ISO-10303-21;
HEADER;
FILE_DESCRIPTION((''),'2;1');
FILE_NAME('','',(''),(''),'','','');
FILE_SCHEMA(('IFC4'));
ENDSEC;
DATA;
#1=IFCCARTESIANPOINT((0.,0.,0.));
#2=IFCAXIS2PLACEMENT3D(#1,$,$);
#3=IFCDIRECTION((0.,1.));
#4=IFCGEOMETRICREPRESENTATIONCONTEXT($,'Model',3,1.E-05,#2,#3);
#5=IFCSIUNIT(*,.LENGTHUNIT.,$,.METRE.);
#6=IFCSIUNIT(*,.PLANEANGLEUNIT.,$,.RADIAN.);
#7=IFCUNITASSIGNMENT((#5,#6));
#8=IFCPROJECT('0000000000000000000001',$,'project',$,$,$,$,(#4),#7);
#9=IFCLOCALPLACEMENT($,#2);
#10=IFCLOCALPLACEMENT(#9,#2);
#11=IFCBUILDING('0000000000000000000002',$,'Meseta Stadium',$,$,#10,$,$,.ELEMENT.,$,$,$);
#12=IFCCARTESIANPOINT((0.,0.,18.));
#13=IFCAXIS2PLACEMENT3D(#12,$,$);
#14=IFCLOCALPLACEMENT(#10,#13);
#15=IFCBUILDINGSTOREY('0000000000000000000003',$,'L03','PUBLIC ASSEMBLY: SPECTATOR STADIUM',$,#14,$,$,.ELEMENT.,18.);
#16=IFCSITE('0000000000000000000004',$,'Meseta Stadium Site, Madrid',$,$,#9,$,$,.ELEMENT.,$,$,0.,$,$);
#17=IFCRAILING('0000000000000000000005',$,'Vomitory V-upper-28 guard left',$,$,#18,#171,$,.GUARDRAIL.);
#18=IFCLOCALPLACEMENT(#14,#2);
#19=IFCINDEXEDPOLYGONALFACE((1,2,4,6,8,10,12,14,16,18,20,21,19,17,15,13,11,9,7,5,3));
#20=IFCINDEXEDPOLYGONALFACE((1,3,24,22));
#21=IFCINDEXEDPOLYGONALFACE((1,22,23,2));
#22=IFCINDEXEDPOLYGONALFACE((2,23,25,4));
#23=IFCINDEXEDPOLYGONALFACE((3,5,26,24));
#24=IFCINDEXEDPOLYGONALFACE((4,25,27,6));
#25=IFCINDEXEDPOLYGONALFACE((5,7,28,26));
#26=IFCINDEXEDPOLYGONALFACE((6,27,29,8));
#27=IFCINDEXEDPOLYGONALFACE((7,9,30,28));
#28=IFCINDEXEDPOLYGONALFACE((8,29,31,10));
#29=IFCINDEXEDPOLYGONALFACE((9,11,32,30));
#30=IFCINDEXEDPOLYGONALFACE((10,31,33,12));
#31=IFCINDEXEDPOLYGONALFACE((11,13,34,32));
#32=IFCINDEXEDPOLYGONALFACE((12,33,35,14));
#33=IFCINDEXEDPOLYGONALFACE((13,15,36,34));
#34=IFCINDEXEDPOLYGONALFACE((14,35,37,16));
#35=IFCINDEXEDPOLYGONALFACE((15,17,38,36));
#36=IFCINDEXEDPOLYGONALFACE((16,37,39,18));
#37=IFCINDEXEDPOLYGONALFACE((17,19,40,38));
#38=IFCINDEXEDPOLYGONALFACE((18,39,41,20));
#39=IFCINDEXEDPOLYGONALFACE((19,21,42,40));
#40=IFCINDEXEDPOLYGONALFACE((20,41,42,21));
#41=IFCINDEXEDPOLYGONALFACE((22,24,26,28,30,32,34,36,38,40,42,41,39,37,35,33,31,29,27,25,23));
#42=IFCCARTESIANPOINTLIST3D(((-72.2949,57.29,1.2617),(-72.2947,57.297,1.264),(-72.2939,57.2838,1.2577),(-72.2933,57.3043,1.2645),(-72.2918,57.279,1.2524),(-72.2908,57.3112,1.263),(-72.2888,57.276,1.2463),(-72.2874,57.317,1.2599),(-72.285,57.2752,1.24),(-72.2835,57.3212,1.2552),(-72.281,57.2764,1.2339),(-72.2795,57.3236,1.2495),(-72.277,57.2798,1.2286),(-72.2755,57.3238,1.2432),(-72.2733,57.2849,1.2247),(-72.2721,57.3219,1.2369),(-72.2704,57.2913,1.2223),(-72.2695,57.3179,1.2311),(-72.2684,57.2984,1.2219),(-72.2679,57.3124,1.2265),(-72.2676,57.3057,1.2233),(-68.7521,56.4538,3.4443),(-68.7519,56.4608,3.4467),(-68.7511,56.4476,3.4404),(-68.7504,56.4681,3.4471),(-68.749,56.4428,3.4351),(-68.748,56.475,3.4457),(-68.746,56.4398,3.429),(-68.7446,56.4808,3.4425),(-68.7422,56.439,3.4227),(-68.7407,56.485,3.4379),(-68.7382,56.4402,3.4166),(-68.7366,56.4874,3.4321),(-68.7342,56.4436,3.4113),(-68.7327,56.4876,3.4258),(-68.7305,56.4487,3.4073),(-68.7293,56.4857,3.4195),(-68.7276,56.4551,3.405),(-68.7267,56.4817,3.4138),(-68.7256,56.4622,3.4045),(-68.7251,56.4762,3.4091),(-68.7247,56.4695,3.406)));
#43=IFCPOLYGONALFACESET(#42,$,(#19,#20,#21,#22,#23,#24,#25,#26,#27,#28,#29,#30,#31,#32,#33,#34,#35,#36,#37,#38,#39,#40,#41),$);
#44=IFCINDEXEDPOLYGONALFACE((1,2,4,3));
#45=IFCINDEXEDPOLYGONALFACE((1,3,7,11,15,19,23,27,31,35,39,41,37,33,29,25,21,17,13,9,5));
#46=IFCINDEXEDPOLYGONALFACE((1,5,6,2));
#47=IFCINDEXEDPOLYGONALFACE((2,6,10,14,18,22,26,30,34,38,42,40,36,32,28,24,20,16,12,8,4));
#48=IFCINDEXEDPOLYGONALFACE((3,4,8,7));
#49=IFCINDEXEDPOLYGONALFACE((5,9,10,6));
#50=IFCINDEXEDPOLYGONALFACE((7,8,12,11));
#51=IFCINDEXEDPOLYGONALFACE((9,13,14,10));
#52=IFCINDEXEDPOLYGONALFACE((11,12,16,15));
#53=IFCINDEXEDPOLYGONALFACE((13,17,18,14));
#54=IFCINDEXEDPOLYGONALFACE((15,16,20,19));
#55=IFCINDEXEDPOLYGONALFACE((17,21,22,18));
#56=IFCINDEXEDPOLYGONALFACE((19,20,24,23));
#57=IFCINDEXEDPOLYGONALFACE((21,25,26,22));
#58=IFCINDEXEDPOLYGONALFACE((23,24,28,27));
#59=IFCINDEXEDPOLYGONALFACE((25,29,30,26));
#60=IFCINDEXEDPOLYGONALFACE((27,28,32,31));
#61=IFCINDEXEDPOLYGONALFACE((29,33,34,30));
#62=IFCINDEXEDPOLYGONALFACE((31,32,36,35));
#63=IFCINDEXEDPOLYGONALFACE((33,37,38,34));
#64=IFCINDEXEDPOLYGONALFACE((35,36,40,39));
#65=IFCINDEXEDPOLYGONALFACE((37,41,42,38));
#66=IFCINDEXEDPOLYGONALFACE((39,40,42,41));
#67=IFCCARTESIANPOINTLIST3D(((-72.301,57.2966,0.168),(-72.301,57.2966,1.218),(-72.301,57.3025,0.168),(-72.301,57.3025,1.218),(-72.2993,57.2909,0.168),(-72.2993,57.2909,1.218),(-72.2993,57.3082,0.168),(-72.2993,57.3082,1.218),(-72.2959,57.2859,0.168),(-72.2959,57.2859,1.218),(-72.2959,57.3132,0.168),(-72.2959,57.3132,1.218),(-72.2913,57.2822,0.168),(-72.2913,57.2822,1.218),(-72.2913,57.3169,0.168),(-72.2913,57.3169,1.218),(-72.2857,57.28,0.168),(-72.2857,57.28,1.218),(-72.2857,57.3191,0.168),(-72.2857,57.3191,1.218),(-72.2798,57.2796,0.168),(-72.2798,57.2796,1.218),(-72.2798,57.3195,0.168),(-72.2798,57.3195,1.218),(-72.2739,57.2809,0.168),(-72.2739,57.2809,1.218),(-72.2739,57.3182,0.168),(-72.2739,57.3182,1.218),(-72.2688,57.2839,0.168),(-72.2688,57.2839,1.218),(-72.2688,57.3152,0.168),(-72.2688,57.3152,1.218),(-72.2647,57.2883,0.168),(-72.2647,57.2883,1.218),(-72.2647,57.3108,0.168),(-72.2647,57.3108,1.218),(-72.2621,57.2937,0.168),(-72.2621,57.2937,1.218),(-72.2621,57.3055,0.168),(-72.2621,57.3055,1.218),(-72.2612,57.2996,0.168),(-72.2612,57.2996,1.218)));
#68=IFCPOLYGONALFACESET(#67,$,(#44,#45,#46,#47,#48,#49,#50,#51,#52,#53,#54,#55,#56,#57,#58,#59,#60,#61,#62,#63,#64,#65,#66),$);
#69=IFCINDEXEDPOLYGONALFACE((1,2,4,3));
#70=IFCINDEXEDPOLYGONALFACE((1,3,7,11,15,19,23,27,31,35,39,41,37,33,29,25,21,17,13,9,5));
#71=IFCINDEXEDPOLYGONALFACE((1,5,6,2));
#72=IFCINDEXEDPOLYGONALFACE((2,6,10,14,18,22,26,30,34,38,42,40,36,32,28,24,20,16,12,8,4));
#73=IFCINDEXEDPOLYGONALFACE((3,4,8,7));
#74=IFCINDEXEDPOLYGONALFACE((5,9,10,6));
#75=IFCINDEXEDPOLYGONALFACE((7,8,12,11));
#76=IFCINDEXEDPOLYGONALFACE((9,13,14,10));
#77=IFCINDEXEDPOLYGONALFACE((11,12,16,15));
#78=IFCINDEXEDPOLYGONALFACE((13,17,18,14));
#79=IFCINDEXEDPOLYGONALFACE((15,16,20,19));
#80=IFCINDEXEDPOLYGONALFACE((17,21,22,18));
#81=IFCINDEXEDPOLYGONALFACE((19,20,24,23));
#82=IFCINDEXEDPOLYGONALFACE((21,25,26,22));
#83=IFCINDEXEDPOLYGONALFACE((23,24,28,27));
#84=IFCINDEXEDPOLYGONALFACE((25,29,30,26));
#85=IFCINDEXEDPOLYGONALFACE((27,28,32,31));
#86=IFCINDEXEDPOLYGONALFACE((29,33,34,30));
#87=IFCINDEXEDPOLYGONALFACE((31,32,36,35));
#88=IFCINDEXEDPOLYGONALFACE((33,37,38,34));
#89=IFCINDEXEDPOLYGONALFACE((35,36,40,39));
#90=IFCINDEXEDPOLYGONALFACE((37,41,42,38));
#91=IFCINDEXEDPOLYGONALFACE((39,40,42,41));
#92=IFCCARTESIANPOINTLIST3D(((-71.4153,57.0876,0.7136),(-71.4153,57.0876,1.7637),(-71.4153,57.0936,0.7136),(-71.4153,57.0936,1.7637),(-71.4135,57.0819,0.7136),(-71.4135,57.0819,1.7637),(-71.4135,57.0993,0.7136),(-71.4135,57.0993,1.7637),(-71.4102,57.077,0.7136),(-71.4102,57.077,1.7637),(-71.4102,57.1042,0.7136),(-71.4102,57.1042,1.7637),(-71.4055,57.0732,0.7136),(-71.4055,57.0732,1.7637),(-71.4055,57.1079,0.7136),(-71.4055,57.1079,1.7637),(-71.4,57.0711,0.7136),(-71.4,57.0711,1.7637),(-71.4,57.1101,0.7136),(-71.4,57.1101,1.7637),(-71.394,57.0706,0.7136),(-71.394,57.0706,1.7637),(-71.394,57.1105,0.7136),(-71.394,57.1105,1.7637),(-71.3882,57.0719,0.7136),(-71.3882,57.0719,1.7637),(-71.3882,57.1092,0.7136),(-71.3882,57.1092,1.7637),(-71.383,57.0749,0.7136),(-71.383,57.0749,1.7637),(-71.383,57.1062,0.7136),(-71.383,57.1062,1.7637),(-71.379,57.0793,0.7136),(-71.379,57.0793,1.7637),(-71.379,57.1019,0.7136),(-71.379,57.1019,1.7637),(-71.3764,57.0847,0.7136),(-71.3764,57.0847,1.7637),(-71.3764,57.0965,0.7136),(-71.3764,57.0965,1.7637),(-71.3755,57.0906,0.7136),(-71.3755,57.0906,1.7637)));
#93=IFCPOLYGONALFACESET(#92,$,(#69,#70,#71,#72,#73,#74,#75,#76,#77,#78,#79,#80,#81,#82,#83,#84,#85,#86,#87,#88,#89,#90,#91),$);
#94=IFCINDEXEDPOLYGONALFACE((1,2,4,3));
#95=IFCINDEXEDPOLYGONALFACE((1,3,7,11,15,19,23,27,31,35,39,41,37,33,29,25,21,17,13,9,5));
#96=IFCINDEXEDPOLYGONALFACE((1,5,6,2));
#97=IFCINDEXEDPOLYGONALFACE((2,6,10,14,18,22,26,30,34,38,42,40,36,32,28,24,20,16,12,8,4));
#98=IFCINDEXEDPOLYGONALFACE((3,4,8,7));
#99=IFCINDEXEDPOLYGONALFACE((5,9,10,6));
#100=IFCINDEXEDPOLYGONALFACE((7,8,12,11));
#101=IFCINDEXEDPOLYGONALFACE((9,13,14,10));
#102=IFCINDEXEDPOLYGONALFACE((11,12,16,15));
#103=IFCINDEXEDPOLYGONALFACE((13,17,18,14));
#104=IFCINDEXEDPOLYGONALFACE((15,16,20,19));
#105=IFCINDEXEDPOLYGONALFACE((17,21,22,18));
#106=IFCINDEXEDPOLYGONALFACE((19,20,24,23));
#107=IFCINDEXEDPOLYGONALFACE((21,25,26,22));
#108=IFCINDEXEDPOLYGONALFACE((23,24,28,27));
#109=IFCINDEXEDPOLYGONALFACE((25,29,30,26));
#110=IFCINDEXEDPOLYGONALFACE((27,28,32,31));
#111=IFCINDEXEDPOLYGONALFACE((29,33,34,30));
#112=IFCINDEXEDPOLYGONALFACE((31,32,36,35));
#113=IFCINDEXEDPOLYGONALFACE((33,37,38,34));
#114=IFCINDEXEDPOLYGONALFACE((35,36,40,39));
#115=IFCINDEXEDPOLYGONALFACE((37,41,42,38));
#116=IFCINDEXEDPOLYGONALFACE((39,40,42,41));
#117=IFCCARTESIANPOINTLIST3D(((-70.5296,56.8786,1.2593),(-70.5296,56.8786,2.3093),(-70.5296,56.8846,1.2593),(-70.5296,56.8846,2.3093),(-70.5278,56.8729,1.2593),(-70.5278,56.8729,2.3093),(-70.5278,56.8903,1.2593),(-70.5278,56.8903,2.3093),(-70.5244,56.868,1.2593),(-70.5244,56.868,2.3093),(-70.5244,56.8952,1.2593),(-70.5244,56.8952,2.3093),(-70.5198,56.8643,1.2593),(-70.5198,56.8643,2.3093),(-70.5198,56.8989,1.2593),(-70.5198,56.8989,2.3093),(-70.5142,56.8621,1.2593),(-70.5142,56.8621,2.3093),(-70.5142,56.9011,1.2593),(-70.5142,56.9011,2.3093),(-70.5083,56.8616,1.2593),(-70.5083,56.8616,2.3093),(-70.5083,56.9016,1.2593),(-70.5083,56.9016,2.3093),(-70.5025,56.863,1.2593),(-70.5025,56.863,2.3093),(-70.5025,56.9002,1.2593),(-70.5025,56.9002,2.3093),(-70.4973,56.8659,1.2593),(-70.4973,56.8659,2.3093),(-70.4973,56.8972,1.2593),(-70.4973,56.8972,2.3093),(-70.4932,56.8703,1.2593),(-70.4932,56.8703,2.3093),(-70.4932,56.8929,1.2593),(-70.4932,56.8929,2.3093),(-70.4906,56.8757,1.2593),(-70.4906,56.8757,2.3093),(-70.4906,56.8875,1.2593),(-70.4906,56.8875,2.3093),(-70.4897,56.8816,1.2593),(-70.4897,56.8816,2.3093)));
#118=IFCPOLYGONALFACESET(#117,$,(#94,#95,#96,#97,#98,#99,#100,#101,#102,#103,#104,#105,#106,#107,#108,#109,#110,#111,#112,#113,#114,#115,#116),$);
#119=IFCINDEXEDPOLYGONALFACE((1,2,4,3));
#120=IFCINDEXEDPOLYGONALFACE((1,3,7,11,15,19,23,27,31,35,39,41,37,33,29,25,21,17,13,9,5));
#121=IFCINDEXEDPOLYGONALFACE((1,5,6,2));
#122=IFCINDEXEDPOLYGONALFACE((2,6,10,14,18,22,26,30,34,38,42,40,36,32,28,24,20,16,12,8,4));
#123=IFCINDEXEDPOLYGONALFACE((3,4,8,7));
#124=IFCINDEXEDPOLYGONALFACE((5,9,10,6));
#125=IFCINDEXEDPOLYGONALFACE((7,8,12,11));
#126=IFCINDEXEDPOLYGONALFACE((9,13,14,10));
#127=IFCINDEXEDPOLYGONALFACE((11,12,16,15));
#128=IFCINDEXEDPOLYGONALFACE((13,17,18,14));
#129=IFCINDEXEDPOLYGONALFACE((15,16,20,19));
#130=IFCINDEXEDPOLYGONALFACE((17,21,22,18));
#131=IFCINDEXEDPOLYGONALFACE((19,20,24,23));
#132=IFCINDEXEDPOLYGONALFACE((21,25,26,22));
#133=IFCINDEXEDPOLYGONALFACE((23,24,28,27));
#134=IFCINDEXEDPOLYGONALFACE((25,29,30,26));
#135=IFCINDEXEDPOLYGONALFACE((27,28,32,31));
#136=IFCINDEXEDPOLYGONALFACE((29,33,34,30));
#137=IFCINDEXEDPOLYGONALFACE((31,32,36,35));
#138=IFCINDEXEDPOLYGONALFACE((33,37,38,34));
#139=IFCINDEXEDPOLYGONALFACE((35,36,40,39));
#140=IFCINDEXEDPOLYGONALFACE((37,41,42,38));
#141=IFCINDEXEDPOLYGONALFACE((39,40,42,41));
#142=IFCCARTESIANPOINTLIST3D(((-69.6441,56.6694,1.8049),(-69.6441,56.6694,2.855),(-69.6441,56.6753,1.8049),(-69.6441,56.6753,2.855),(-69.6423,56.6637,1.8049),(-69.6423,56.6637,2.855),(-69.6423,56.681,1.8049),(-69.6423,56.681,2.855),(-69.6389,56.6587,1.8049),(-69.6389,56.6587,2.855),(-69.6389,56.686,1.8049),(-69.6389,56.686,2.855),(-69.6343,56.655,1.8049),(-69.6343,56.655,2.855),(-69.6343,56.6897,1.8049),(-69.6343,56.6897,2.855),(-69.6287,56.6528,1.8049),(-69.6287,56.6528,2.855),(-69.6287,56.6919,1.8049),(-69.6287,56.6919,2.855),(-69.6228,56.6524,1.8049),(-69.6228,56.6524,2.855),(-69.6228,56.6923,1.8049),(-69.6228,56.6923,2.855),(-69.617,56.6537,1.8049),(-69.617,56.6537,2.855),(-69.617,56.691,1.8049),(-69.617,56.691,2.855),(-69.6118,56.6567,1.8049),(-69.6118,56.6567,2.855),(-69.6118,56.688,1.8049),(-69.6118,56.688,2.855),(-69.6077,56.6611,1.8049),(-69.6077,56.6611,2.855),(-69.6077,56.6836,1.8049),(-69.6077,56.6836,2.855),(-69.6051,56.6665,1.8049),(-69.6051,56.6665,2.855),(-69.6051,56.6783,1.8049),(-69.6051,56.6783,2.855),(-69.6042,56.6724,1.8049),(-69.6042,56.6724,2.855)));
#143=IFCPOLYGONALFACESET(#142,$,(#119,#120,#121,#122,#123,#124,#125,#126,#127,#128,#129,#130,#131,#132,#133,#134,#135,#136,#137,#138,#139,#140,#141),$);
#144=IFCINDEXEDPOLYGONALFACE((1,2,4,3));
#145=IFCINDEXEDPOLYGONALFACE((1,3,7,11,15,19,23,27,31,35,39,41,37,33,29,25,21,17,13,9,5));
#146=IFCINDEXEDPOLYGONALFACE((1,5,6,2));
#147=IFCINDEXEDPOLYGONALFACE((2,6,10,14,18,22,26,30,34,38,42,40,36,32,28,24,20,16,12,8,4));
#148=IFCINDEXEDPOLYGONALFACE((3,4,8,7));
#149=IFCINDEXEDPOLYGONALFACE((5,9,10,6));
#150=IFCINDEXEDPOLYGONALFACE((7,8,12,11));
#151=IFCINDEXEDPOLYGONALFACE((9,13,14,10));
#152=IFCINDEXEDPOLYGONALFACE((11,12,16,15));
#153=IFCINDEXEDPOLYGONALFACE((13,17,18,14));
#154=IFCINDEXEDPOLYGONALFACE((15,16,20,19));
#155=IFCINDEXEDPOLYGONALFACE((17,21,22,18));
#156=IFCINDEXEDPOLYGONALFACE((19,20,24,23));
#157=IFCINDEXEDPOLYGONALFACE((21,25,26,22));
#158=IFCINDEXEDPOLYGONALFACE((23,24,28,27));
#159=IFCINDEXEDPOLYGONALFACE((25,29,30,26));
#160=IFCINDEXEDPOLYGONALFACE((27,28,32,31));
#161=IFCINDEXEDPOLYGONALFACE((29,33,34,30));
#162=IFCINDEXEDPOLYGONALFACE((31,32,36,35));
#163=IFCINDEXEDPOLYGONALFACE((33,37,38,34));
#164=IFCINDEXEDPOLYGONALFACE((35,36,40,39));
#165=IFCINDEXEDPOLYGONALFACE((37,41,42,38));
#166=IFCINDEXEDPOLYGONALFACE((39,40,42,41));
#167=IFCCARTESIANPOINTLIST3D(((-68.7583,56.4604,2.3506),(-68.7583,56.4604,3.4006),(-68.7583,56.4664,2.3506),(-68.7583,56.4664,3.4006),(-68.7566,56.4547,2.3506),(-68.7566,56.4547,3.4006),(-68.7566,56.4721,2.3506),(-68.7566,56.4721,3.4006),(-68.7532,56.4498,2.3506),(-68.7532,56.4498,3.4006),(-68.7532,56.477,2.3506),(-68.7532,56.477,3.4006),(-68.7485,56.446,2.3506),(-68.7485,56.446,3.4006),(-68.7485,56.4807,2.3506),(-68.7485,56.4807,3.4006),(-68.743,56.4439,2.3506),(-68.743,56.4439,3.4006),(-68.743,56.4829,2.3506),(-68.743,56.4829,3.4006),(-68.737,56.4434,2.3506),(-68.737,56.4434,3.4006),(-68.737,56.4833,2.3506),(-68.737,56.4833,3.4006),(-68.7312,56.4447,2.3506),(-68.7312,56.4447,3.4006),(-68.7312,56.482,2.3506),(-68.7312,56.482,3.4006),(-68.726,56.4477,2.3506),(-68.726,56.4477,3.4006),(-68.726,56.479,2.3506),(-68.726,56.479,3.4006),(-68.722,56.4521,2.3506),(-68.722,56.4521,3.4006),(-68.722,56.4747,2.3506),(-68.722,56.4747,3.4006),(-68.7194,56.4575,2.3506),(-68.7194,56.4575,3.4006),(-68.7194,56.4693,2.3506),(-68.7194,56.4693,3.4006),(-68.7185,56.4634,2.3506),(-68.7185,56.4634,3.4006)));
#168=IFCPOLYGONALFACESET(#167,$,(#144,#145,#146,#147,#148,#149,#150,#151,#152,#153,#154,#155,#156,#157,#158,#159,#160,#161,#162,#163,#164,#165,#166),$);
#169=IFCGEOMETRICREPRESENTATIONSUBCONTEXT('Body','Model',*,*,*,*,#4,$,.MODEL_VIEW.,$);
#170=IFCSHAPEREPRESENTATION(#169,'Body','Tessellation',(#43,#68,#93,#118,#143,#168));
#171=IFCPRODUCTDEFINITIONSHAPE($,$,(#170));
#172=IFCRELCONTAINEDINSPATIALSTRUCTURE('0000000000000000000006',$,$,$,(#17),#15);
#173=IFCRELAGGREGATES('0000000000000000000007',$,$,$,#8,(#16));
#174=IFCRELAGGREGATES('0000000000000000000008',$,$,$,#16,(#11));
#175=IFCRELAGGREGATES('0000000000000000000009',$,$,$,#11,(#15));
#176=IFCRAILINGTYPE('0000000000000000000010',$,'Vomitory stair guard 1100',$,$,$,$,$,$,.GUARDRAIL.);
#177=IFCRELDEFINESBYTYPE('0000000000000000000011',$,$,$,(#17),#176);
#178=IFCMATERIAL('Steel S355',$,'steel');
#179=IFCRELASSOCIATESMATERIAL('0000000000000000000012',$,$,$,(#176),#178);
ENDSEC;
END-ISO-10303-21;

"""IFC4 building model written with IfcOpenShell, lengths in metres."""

from ifc_helpers import new_model, si_unit, direction, frame, origin, origin_2d, place, context, subcontext, project, spatial, circle, extrude, material, type_object, element, save


model = new_model("IFC4")

# Units and contexts
model_context = context("Model", 3, precision=1e-05, world=origin(), true_north=direction((0.0, 1.0)))
body_context = subcontext(model_context, "Body", "Model", "MODEL_VIEW")
ifc_project = project(units=[si_unit("LENGTHUNIT", "METRE"), si_unit("PLANEANGLEUNIT", "RADIAN")], contexts=[model_context])

# Site, building, storey
site_placement = place(None, origin())
site = spatial("IfcSite", under=ifc_project, at=site_placement, Name="Meseta Stadium Site, Madrid", CompositionType="ELEMENT", RefElevation=0.0)
building_placement = place(site_placement, origin())
building = spatial("IfcBuilding", under=site, at=building_placement, Name="Meseta Stadium", CompositionType="ELEMENT")
storey_placement = place(building_placement, frame((0.0, 0.0, 18.0)))
storey = spatial("IfcBuildingStorey", under=building, at=storey_placement, Name="L03", Description="PUBLIC ASSEMBLY: SPECTATOR STADIUM", CompositionType="ELEMENT", Elevation=18.0)

# Railing
ifc_material_1 = material(Name="Steel S355", Category="steel")
railing_type_1 = type_object("IfcRailingType", Name="Vomitory stair guard 1100", PredefinedType="GUARDRAIL", material=ifc_material_1)
railing_1_placement = place(storey_placement, frame((-72.2812, 57.2996, 0.168)))
element("IfcRailing", 1, at=railing_1_placement, inside=storey, type_object=railing_type_1, Name="Vomitory V-upper-28 guard left", PredefinedType="GUARDRAIL", context=body_context, shape_type="SweptSolid", body=[
    extrude(circle(Radius=0.0249, at=origin_2d()), frame((0.0, 0.0, 1.0752), z_axis=(0.834706, -0.197014, 0.514249), x_axis=(0.229716, 0.973258, 0.0)), (0.0, 0.0, 1.0), 4.2444),
    extrude(circle(Radius=0.02, at=origin_2d()), origin(), (0.0, 0.0, 1.0), 1.05),
    extrude(circle(Radius=0.02, at=origin_2d()), frame((0.8857, -0.209, 0.5457)), (0.0, 0.0, 1.0), 1.05),
    extrude(circle(Radius=0.02, at=origin_2d()), frame((1.7715, -0.418, 1.0913)), (0.0, 0.0, 1.0), 1.05),
    extrude(circle(Radius=0.02, at=origin_2d()), frame((2.657, -0.6272, 1.637)), (0.0, 0.0, 1.0), 1.05),
    extrude(circle(Radius=0.02, at=origin_2d()), frame((3.5427, -0.8362, 2.1826)), (0.0, 0.0, 1.0), 1.05),
])

save(model, "model.ifc")
